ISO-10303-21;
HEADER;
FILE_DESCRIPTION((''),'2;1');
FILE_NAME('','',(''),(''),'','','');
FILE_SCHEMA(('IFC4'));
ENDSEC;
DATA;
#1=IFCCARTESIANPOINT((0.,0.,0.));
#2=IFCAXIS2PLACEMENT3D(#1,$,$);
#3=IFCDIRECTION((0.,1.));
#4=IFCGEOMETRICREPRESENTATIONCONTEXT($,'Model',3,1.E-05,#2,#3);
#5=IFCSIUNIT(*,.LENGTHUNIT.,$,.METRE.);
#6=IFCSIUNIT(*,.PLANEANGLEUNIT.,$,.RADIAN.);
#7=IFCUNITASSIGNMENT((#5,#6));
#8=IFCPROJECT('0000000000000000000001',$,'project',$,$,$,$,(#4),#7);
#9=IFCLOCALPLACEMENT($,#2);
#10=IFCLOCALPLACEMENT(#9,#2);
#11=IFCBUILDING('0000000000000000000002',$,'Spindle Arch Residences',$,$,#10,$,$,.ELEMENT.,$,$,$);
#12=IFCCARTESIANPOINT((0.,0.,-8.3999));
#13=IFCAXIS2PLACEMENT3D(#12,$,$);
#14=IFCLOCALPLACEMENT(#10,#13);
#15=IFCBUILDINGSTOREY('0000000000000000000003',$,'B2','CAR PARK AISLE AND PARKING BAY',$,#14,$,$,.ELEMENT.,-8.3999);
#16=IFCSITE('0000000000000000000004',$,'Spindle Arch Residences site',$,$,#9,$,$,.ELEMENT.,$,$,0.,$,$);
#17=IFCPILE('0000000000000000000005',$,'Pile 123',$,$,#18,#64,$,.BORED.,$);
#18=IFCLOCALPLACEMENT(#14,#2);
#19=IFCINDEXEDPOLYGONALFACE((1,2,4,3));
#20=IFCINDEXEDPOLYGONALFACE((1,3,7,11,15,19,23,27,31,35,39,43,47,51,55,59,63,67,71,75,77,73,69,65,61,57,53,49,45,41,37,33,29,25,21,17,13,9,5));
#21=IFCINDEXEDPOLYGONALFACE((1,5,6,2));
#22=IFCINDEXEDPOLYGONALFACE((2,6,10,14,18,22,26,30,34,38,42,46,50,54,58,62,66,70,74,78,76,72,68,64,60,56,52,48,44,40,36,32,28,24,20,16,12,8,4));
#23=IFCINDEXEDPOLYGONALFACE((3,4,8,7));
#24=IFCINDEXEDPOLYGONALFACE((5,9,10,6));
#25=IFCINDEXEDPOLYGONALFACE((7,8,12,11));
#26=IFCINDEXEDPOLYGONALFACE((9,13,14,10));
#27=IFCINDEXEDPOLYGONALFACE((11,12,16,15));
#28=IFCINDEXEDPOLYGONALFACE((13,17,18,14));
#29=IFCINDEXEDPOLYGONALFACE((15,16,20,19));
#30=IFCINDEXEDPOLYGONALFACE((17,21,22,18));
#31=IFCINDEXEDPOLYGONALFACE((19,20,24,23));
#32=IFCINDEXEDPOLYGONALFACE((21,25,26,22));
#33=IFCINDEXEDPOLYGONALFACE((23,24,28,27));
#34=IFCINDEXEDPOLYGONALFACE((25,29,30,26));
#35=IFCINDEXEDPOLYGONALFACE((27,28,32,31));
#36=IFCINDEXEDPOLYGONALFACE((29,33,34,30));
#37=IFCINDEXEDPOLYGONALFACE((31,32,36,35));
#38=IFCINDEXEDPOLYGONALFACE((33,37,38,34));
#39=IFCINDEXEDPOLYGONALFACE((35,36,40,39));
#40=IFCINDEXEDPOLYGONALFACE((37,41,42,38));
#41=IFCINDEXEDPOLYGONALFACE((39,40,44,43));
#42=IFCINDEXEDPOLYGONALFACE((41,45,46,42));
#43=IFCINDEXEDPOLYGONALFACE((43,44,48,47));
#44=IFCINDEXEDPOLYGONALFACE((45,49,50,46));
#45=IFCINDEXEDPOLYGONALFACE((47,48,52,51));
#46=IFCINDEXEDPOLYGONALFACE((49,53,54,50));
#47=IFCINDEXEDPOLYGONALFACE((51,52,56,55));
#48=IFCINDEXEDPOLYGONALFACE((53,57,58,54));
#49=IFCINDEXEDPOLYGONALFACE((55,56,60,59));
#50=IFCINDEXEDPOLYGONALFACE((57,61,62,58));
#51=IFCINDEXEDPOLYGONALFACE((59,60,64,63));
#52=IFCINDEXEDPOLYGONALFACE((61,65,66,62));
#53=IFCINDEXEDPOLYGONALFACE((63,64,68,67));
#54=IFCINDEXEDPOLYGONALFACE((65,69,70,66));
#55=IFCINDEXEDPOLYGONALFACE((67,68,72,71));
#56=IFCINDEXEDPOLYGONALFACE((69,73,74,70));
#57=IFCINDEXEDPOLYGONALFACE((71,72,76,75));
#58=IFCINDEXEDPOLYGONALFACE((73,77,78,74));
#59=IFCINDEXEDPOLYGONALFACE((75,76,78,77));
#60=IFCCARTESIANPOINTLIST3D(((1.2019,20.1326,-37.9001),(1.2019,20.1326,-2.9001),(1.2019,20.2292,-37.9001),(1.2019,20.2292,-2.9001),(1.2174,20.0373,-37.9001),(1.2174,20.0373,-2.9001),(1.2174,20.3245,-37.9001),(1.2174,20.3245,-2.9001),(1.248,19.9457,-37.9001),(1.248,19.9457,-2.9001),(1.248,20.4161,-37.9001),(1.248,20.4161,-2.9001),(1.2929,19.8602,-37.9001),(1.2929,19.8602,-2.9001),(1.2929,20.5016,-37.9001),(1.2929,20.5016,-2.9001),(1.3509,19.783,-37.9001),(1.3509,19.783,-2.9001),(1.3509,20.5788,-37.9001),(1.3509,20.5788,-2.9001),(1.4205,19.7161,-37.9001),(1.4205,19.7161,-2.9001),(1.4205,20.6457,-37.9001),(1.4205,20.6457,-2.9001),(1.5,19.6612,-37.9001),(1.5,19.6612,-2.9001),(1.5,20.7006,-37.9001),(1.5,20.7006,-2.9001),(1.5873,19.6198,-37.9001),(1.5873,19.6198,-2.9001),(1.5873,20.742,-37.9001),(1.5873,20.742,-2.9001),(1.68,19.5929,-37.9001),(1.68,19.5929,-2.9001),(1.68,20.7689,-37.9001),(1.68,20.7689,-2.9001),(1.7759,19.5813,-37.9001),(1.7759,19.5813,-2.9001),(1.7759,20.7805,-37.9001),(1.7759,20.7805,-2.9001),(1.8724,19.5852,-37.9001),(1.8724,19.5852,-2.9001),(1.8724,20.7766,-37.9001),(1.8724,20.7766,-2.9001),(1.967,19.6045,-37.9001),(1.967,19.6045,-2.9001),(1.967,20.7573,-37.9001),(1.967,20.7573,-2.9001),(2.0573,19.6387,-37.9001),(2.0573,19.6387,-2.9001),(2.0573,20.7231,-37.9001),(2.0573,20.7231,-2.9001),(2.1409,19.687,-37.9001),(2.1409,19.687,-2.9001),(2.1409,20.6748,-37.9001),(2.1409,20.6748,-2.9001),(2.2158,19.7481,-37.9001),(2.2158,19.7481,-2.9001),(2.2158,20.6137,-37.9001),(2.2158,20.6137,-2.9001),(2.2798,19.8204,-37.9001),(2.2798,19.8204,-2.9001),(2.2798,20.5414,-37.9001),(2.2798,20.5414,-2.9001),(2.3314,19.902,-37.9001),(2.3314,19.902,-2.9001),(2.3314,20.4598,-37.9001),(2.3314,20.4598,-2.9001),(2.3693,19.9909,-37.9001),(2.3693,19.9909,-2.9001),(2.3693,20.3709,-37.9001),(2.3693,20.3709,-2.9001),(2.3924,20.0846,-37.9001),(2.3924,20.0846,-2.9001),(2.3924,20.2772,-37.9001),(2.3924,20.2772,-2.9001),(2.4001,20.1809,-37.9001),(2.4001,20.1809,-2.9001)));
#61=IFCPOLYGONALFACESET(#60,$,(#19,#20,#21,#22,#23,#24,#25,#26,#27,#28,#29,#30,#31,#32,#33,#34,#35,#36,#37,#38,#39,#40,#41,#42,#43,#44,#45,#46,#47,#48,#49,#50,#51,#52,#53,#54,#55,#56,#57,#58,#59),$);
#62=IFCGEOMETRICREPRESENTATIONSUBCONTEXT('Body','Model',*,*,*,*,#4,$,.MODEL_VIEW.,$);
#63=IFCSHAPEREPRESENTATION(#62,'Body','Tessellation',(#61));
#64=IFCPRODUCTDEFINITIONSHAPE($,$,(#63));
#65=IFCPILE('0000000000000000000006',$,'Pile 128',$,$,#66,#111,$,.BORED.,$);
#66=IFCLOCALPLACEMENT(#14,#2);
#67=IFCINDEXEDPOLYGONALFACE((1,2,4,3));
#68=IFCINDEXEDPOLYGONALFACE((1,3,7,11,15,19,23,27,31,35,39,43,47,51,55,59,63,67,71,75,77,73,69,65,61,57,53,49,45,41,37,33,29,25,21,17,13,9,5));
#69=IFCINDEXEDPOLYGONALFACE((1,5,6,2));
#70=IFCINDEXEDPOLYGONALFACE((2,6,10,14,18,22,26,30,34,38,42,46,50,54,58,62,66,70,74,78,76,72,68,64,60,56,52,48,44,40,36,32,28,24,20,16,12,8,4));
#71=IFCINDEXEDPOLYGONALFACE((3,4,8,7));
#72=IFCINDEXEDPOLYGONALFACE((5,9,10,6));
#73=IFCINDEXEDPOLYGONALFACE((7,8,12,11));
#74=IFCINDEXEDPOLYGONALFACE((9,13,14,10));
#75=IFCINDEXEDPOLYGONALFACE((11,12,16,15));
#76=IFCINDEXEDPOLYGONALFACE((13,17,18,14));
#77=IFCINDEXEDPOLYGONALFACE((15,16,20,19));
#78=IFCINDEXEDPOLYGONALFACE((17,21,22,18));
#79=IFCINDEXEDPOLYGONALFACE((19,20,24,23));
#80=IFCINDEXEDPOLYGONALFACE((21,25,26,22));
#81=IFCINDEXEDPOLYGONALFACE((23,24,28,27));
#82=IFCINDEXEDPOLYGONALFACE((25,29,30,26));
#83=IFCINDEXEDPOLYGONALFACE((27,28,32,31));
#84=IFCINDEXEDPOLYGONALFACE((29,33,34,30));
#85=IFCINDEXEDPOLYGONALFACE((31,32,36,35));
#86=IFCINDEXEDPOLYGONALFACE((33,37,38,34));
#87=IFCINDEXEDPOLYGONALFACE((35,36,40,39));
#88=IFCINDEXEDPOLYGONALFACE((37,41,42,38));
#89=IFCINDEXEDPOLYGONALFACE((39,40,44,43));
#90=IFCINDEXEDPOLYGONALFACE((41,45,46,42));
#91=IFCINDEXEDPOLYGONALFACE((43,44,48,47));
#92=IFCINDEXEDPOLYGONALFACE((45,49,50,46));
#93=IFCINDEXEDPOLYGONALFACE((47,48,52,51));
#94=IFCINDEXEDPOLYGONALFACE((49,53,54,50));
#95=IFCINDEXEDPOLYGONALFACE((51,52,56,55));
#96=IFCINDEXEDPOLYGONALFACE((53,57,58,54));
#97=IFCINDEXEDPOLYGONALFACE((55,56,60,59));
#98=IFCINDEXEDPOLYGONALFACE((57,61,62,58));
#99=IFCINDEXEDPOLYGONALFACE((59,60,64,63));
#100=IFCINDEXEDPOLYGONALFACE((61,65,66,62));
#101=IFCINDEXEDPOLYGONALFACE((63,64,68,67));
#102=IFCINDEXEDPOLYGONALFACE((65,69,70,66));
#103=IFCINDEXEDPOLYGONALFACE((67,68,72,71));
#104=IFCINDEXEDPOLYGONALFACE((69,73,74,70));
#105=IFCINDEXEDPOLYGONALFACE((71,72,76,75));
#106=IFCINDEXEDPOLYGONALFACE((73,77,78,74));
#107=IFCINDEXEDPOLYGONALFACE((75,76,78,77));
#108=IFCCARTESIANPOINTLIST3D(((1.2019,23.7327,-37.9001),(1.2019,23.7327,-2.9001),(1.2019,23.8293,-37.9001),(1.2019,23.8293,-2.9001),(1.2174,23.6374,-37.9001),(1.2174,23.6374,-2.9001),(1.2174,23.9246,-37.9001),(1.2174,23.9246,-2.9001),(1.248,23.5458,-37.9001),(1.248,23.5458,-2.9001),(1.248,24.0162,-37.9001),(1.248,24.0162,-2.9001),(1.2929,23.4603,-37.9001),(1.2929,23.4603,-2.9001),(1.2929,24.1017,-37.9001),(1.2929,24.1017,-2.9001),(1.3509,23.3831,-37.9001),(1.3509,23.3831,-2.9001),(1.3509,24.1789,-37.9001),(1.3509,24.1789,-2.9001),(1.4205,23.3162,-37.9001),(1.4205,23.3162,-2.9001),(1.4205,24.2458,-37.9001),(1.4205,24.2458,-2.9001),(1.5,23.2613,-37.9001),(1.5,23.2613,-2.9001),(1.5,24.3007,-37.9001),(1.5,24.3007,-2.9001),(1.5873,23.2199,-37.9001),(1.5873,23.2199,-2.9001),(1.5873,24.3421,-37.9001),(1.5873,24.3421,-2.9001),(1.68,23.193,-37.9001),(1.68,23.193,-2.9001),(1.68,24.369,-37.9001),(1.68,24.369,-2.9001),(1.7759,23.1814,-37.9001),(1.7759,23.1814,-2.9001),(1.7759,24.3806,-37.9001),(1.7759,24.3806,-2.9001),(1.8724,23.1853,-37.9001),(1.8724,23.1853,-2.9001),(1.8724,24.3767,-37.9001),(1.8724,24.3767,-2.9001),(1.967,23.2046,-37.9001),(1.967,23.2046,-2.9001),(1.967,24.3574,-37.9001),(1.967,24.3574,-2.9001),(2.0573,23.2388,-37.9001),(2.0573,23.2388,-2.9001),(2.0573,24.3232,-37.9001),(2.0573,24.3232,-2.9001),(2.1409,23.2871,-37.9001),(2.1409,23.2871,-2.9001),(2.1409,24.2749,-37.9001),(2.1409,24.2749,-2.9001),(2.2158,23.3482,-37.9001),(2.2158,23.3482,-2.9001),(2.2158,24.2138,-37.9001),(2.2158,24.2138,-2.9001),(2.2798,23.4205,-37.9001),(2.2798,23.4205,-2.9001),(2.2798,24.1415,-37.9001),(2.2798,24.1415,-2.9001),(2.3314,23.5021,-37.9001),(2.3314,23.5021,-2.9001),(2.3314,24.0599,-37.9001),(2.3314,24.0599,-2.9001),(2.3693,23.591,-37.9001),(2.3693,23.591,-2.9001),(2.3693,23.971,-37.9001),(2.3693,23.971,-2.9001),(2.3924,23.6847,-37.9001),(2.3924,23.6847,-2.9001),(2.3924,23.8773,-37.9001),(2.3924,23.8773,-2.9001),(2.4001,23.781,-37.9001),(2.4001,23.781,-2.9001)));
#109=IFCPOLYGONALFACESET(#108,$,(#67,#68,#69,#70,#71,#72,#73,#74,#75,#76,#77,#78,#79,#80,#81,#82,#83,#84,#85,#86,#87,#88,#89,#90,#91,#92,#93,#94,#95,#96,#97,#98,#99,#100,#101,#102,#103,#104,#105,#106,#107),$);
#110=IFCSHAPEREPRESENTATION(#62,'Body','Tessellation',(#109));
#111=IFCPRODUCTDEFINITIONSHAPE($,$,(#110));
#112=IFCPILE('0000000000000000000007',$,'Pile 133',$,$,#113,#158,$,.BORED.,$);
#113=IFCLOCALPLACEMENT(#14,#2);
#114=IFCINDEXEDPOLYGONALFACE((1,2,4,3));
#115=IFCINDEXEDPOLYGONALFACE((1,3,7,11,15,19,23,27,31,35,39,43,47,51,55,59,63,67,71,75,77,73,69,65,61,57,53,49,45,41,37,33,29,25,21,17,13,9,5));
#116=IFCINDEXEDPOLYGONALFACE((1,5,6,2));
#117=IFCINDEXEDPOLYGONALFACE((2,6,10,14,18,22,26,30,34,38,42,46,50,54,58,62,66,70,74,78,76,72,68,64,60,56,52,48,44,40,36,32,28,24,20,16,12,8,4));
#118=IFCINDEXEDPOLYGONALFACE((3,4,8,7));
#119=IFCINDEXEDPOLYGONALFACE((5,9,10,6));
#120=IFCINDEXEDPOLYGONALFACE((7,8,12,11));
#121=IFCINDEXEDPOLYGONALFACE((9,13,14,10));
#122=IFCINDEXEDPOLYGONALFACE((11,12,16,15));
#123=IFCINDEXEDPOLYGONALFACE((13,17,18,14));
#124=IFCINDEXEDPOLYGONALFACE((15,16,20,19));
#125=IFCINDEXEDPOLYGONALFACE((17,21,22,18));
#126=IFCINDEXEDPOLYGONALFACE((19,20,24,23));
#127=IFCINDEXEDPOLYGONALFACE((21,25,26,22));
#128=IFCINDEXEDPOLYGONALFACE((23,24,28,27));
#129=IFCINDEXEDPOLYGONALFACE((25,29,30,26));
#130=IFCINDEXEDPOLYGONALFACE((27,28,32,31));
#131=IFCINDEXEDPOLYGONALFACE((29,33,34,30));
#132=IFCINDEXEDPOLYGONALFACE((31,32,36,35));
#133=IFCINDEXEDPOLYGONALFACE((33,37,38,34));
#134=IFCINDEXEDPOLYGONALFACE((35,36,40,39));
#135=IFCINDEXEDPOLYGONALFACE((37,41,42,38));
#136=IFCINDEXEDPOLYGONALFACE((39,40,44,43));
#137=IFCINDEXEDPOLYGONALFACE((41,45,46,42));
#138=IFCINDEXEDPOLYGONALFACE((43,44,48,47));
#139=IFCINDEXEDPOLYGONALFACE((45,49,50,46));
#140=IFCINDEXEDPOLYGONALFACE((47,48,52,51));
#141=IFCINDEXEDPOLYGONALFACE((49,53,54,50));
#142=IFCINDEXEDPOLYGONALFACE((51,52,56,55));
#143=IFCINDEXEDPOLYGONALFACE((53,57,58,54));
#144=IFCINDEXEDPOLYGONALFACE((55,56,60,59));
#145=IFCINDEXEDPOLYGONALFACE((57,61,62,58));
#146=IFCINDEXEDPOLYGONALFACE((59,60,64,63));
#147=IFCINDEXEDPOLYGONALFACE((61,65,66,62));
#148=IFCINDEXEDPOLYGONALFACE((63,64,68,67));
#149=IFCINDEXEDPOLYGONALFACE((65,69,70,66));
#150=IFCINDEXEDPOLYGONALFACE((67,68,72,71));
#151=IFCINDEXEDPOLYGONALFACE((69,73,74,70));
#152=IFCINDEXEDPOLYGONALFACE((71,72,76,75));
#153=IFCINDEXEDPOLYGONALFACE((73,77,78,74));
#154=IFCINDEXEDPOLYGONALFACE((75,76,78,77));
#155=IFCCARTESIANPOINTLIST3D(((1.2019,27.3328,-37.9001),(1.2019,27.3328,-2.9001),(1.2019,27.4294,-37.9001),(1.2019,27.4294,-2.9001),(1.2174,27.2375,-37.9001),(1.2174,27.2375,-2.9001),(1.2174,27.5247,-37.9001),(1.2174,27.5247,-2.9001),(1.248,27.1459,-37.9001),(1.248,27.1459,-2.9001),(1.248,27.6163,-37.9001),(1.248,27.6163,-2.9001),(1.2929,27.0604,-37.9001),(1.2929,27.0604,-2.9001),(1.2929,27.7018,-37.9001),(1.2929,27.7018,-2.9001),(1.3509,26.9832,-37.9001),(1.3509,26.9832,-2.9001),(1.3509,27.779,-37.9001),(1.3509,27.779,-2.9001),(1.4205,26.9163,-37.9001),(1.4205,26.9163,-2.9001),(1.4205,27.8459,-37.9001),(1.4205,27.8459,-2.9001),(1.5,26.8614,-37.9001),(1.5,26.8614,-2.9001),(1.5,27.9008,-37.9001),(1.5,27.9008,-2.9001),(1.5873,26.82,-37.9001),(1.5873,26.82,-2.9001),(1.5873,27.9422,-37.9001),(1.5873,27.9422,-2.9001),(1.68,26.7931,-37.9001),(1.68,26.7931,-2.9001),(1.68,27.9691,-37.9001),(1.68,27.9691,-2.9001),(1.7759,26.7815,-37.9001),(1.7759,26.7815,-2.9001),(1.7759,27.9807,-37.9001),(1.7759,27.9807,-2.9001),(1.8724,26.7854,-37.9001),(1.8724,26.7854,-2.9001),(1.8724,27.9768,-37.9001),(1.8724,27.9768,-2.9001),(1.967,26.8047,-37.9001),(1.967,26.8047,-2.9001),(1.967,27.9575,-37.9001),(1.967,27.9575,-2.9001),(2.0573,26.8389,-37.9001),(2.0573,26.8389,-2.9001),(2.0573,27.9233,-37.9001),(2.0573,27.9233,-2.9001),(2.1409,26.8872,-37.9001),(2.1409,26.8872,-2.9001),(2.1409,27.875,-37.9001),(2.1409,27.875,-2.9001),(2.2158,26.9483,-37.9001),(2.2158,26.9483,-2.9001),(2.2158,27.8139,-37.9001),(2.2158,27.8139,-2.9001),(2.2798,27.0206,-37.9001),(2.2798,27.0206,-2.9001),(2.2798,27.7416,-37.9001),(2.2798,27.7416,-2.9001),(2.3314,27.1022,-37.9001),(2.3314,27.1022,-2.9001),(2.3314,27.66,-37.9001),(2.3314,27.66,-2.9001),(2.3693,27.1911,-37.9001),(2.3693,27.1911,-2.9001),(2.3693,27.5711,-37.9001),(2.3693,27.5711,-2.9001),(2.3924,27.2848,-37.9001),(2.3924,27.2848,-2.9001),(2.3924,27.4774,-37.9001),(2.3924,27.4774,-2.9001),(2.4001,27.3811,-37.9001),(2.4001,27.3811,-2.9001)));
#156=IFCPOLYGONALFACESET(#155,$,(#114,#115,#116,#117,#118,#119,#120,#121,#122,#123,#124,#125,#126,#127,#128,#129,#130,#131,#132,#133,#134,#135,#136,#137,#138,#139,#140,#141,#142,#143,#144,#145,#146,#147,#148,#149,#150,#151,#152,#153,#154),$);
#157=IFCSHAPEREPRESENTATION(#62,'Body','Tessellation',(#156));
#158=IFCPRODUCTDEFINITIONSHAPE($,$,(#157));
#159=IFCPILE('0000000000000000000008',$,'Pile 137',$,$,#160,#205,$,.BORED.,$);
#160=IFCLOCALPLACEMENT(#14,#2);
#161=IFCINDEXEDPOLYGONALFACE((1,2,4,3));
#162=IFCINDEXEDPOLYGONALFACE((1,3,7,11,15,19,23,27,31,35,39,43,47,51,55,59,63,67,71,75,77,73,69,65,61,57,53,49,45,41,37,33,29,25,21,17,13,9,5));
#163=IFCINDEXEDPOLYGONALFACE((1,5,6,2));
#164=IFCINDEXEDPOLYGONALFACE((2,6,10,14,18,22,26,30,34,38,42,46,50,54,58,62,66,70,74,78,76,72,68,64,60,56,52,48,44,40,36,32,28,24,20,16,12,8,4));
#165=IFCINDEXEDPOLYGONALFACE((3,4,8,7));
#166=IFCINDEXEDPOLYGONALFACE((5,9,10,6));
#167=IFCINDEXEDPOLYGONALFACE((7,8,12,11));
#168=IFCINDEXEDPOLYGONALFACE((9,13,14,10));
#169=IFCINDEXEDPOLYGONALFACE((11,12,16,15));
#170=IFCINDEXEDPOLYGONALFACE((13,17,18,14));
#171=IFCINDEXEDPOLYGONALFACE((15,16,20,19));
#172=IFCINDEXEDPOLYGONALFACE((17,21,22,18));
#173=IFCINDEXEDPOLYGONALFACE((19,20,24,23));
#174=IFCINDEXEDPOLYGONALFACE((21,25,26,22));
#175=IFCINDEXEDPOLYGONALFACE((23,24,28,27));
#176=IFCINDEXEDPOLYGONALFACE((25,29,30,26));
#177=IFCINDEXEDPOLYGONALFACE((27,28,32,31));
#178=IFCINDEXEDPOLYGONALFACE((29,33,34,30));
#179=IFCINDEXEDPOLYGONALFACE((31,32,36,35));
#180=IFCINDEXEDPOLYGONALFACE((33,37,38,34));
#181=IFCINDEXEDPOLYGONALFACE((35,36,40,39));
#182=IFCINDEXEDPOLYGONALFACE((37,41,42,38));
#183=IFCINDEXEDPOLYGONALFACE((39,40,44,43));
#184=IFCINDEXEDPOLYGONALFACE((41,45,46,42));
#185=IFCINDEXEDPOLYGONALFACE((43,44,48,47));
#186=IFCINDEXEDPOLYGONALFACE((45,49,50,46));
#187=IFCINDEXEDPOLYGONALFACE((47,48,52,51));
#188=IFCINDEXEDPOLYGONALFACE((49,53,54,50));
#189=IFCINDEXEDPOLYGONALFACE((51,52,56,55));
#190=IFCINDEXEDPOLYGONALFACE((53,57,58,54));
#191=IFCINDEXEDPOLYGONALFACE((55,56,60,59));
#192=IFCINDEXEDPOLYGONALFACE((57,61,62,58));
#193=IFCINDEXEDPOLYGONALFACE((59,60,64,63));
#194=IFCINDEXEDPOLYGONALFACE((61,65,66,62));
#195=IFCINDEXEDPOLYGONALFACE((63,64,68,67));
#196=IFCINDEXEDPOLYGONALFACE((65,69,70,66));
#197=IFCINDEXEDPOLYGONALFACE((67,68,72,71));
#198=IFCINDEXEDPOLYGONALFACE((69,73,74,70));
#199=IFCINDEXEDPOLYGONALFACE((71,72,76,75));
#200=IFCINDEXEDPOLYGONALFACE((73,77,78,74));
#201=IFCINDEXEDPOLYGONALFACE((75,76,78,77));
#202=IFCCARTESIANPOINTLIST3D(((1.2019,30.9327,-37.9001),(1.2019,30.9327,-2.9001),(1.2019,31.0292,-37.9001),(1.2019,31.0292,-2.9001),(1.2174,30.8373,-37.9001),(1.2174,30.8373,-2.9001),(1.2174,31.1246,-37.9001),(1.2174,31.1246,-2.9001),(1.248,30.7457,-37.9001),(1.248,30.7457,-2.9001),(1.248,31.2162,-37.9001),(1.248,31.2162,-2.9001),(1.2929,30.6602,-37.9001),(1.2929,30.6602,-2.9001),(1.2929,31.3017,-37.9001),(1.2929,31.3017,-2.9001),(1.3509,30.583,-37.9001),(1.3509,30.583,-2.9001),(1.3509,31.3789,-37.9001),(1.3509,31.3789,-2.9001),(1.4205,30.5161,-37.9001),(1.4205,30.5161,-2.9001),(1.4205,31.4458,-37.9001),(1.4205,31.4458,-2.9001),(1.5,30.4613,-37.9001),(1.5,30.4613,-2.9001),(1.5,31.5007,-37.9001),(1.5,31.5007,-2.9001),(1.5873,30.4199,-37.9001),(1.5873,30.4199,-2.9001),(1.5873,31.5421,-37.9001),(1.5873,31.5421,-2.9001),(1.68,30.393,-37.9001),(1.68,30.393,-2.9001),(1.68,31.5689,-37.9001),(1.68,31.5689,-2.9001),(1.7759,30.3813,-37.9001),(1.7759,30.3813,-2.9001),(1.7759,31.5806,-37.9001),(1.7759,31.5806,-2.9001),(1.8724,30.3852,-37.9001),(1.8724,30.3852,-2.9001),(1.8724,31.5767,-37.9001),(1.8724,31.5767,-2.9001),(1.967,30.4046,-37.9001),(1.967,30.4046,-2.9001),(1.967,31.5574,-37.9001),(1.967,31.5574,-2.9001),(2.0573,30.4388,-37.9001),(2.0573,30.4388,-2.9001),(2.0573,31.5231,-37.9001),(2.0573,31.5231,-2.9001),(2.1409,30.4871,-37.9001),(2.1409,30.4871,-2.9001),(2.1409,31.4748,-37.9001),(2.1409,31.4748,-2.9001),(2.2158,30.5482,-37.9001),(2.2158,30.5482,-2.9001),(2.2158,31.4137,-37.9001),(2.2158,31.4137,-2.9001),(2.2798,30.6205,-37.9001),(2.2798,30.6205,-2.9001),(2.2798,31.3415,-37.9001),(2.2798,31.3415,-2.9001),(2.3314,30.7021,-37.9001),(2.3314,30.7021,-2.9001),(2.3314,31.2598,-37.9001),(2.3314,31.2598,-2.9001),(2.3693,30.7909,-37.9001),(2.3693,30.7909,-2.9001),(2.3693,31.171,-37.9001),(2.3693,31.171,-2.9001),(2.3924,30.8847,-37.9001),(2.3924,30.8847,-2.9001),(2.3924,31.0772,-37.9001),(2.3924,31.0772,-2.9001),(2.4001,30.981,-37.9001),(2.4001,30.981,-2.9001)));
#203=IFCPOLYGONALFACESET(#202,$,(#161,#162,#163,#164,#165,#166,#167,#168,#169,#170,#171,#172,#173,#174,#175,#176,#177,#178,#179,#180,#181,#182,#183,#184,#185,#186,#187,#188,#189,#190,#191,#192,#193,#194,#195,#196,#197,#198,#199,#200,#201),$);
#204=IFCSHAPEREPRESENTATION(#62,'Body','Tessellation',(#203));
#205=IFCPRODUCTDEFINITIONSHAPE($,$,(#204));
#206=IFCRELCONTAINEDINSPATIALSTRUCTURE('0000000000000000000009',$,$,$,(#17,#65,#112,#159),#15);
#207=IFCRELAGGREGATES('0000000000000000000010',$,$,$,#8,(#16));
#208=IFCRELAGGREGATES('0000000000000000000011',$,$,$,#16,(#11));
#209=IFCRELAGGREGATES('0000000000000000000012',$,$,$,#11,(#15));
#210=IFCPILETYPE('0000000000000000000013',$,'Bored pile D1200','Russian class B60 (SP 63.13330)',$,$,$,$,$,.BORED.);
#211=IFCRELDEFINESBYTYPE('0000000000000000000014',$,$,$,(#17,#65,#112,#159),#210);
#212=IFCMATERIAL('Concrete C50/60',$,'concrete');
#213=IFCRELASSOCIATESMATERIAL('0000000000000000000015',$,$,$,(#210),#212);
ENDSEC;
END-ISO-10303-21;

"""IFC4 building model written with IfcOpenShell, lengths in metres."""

from ifc_helpers import new_model, si_unit, direction, frame, origin, origin_2d, place, context, subcontext, project, spatial, circle, extrude, material, material_profile, profile_set, type_object, element, save


model = new_model("IFC4")

# Units and contexts
model_context = context("Model", 3, precision=1e-05, world=origin(), true_north=direction((0.0, 1.0)))
body_context = subcontext(model_context, "Body", "Model", "MODEL_VIEW")
ifc_project = project(units=[si_unit("LENGTHUNIT", "METRE"), si_unit("PLANEANGLEUNIT", "RADIAN")], contexts=[model_context])

# Site, building, storey
site_placement = place(None, origin())
site = spatial("IfcSite", under=ifc_project, at=site_placement, Name="Spindle Arch Residences site", CompositionType="ELEMENT", RefElevation=0.0)
building_placement = place(site_placement, origin())
building = spatial("IfcBuilding", under=site, at=building_placement, Name="Spindle Arch Residences", CompositionType="ELEMENT")
storey_placement = place(building_placement, frame((0.0, 0.0, -8.3999)))
storey = spatial("IfcBuildingStorey", under=building, at=storey_placement, Name="B2", Description="CAR PARK AISLE AND PARKING BAY", CompositionType="ELEMENT", Elevation=-8.3999)

# Piles
ifc_material_1 = material(Name="Concrete C50/60", Category="concrete")
ifc_material_profile_1 = material_profile(ifc_material_1, circle(Radius=0.6001, at=origin_2d()), Name="BP D1200")
ifc_profile_set_1 = profile_set([ifc_material_profile_1], Name="Concrete C50/60")
pile_type = type_object("IfcPileType", Name="Bored pile D1200", Description="Russian class B60 (SP 63.13330)", PredefinedType="BORED", material=ifc_profile_set_1)
for number, where, z_axis, x_axis, name in (
    (1, (1.8, 20.1809, -2.9001), (0.0, 0.0, -1.0), (1.0, 0.0, 0.0), "Pile 123"),
    (2, (1.8, 23.781, -2.9001), (0.0, 0.0, -1.0), (1.0, 0.0, 0.0), "Pile 128"),
    (3, (1.8, 27.3811, -2.9001), (0.0, 0.0, -1.0), (1.0, 0.0, 0.0), "Pile 133"),
    (4, (1.8, 30.981, -2.9001), (0.0, 0.0, -1.0), (1.0, 0.0, 0.0), "Pile 137"),
):
    element("IfcPile", number, at=place(storey_placement, frame(where, z_axis=z_axis, x_axis=x_axis)), inside=storey, type_object=pile_type, Name=name, PredefinedType="BORED", context=body_context, shape_type="SweptSolid", body=[
        extrude(circle(Radius=0.6001, at=origin_2d()), origin(), (0.0, 0.0, 1.0), 35.0),
    ])

save(model, "model.ifc")
